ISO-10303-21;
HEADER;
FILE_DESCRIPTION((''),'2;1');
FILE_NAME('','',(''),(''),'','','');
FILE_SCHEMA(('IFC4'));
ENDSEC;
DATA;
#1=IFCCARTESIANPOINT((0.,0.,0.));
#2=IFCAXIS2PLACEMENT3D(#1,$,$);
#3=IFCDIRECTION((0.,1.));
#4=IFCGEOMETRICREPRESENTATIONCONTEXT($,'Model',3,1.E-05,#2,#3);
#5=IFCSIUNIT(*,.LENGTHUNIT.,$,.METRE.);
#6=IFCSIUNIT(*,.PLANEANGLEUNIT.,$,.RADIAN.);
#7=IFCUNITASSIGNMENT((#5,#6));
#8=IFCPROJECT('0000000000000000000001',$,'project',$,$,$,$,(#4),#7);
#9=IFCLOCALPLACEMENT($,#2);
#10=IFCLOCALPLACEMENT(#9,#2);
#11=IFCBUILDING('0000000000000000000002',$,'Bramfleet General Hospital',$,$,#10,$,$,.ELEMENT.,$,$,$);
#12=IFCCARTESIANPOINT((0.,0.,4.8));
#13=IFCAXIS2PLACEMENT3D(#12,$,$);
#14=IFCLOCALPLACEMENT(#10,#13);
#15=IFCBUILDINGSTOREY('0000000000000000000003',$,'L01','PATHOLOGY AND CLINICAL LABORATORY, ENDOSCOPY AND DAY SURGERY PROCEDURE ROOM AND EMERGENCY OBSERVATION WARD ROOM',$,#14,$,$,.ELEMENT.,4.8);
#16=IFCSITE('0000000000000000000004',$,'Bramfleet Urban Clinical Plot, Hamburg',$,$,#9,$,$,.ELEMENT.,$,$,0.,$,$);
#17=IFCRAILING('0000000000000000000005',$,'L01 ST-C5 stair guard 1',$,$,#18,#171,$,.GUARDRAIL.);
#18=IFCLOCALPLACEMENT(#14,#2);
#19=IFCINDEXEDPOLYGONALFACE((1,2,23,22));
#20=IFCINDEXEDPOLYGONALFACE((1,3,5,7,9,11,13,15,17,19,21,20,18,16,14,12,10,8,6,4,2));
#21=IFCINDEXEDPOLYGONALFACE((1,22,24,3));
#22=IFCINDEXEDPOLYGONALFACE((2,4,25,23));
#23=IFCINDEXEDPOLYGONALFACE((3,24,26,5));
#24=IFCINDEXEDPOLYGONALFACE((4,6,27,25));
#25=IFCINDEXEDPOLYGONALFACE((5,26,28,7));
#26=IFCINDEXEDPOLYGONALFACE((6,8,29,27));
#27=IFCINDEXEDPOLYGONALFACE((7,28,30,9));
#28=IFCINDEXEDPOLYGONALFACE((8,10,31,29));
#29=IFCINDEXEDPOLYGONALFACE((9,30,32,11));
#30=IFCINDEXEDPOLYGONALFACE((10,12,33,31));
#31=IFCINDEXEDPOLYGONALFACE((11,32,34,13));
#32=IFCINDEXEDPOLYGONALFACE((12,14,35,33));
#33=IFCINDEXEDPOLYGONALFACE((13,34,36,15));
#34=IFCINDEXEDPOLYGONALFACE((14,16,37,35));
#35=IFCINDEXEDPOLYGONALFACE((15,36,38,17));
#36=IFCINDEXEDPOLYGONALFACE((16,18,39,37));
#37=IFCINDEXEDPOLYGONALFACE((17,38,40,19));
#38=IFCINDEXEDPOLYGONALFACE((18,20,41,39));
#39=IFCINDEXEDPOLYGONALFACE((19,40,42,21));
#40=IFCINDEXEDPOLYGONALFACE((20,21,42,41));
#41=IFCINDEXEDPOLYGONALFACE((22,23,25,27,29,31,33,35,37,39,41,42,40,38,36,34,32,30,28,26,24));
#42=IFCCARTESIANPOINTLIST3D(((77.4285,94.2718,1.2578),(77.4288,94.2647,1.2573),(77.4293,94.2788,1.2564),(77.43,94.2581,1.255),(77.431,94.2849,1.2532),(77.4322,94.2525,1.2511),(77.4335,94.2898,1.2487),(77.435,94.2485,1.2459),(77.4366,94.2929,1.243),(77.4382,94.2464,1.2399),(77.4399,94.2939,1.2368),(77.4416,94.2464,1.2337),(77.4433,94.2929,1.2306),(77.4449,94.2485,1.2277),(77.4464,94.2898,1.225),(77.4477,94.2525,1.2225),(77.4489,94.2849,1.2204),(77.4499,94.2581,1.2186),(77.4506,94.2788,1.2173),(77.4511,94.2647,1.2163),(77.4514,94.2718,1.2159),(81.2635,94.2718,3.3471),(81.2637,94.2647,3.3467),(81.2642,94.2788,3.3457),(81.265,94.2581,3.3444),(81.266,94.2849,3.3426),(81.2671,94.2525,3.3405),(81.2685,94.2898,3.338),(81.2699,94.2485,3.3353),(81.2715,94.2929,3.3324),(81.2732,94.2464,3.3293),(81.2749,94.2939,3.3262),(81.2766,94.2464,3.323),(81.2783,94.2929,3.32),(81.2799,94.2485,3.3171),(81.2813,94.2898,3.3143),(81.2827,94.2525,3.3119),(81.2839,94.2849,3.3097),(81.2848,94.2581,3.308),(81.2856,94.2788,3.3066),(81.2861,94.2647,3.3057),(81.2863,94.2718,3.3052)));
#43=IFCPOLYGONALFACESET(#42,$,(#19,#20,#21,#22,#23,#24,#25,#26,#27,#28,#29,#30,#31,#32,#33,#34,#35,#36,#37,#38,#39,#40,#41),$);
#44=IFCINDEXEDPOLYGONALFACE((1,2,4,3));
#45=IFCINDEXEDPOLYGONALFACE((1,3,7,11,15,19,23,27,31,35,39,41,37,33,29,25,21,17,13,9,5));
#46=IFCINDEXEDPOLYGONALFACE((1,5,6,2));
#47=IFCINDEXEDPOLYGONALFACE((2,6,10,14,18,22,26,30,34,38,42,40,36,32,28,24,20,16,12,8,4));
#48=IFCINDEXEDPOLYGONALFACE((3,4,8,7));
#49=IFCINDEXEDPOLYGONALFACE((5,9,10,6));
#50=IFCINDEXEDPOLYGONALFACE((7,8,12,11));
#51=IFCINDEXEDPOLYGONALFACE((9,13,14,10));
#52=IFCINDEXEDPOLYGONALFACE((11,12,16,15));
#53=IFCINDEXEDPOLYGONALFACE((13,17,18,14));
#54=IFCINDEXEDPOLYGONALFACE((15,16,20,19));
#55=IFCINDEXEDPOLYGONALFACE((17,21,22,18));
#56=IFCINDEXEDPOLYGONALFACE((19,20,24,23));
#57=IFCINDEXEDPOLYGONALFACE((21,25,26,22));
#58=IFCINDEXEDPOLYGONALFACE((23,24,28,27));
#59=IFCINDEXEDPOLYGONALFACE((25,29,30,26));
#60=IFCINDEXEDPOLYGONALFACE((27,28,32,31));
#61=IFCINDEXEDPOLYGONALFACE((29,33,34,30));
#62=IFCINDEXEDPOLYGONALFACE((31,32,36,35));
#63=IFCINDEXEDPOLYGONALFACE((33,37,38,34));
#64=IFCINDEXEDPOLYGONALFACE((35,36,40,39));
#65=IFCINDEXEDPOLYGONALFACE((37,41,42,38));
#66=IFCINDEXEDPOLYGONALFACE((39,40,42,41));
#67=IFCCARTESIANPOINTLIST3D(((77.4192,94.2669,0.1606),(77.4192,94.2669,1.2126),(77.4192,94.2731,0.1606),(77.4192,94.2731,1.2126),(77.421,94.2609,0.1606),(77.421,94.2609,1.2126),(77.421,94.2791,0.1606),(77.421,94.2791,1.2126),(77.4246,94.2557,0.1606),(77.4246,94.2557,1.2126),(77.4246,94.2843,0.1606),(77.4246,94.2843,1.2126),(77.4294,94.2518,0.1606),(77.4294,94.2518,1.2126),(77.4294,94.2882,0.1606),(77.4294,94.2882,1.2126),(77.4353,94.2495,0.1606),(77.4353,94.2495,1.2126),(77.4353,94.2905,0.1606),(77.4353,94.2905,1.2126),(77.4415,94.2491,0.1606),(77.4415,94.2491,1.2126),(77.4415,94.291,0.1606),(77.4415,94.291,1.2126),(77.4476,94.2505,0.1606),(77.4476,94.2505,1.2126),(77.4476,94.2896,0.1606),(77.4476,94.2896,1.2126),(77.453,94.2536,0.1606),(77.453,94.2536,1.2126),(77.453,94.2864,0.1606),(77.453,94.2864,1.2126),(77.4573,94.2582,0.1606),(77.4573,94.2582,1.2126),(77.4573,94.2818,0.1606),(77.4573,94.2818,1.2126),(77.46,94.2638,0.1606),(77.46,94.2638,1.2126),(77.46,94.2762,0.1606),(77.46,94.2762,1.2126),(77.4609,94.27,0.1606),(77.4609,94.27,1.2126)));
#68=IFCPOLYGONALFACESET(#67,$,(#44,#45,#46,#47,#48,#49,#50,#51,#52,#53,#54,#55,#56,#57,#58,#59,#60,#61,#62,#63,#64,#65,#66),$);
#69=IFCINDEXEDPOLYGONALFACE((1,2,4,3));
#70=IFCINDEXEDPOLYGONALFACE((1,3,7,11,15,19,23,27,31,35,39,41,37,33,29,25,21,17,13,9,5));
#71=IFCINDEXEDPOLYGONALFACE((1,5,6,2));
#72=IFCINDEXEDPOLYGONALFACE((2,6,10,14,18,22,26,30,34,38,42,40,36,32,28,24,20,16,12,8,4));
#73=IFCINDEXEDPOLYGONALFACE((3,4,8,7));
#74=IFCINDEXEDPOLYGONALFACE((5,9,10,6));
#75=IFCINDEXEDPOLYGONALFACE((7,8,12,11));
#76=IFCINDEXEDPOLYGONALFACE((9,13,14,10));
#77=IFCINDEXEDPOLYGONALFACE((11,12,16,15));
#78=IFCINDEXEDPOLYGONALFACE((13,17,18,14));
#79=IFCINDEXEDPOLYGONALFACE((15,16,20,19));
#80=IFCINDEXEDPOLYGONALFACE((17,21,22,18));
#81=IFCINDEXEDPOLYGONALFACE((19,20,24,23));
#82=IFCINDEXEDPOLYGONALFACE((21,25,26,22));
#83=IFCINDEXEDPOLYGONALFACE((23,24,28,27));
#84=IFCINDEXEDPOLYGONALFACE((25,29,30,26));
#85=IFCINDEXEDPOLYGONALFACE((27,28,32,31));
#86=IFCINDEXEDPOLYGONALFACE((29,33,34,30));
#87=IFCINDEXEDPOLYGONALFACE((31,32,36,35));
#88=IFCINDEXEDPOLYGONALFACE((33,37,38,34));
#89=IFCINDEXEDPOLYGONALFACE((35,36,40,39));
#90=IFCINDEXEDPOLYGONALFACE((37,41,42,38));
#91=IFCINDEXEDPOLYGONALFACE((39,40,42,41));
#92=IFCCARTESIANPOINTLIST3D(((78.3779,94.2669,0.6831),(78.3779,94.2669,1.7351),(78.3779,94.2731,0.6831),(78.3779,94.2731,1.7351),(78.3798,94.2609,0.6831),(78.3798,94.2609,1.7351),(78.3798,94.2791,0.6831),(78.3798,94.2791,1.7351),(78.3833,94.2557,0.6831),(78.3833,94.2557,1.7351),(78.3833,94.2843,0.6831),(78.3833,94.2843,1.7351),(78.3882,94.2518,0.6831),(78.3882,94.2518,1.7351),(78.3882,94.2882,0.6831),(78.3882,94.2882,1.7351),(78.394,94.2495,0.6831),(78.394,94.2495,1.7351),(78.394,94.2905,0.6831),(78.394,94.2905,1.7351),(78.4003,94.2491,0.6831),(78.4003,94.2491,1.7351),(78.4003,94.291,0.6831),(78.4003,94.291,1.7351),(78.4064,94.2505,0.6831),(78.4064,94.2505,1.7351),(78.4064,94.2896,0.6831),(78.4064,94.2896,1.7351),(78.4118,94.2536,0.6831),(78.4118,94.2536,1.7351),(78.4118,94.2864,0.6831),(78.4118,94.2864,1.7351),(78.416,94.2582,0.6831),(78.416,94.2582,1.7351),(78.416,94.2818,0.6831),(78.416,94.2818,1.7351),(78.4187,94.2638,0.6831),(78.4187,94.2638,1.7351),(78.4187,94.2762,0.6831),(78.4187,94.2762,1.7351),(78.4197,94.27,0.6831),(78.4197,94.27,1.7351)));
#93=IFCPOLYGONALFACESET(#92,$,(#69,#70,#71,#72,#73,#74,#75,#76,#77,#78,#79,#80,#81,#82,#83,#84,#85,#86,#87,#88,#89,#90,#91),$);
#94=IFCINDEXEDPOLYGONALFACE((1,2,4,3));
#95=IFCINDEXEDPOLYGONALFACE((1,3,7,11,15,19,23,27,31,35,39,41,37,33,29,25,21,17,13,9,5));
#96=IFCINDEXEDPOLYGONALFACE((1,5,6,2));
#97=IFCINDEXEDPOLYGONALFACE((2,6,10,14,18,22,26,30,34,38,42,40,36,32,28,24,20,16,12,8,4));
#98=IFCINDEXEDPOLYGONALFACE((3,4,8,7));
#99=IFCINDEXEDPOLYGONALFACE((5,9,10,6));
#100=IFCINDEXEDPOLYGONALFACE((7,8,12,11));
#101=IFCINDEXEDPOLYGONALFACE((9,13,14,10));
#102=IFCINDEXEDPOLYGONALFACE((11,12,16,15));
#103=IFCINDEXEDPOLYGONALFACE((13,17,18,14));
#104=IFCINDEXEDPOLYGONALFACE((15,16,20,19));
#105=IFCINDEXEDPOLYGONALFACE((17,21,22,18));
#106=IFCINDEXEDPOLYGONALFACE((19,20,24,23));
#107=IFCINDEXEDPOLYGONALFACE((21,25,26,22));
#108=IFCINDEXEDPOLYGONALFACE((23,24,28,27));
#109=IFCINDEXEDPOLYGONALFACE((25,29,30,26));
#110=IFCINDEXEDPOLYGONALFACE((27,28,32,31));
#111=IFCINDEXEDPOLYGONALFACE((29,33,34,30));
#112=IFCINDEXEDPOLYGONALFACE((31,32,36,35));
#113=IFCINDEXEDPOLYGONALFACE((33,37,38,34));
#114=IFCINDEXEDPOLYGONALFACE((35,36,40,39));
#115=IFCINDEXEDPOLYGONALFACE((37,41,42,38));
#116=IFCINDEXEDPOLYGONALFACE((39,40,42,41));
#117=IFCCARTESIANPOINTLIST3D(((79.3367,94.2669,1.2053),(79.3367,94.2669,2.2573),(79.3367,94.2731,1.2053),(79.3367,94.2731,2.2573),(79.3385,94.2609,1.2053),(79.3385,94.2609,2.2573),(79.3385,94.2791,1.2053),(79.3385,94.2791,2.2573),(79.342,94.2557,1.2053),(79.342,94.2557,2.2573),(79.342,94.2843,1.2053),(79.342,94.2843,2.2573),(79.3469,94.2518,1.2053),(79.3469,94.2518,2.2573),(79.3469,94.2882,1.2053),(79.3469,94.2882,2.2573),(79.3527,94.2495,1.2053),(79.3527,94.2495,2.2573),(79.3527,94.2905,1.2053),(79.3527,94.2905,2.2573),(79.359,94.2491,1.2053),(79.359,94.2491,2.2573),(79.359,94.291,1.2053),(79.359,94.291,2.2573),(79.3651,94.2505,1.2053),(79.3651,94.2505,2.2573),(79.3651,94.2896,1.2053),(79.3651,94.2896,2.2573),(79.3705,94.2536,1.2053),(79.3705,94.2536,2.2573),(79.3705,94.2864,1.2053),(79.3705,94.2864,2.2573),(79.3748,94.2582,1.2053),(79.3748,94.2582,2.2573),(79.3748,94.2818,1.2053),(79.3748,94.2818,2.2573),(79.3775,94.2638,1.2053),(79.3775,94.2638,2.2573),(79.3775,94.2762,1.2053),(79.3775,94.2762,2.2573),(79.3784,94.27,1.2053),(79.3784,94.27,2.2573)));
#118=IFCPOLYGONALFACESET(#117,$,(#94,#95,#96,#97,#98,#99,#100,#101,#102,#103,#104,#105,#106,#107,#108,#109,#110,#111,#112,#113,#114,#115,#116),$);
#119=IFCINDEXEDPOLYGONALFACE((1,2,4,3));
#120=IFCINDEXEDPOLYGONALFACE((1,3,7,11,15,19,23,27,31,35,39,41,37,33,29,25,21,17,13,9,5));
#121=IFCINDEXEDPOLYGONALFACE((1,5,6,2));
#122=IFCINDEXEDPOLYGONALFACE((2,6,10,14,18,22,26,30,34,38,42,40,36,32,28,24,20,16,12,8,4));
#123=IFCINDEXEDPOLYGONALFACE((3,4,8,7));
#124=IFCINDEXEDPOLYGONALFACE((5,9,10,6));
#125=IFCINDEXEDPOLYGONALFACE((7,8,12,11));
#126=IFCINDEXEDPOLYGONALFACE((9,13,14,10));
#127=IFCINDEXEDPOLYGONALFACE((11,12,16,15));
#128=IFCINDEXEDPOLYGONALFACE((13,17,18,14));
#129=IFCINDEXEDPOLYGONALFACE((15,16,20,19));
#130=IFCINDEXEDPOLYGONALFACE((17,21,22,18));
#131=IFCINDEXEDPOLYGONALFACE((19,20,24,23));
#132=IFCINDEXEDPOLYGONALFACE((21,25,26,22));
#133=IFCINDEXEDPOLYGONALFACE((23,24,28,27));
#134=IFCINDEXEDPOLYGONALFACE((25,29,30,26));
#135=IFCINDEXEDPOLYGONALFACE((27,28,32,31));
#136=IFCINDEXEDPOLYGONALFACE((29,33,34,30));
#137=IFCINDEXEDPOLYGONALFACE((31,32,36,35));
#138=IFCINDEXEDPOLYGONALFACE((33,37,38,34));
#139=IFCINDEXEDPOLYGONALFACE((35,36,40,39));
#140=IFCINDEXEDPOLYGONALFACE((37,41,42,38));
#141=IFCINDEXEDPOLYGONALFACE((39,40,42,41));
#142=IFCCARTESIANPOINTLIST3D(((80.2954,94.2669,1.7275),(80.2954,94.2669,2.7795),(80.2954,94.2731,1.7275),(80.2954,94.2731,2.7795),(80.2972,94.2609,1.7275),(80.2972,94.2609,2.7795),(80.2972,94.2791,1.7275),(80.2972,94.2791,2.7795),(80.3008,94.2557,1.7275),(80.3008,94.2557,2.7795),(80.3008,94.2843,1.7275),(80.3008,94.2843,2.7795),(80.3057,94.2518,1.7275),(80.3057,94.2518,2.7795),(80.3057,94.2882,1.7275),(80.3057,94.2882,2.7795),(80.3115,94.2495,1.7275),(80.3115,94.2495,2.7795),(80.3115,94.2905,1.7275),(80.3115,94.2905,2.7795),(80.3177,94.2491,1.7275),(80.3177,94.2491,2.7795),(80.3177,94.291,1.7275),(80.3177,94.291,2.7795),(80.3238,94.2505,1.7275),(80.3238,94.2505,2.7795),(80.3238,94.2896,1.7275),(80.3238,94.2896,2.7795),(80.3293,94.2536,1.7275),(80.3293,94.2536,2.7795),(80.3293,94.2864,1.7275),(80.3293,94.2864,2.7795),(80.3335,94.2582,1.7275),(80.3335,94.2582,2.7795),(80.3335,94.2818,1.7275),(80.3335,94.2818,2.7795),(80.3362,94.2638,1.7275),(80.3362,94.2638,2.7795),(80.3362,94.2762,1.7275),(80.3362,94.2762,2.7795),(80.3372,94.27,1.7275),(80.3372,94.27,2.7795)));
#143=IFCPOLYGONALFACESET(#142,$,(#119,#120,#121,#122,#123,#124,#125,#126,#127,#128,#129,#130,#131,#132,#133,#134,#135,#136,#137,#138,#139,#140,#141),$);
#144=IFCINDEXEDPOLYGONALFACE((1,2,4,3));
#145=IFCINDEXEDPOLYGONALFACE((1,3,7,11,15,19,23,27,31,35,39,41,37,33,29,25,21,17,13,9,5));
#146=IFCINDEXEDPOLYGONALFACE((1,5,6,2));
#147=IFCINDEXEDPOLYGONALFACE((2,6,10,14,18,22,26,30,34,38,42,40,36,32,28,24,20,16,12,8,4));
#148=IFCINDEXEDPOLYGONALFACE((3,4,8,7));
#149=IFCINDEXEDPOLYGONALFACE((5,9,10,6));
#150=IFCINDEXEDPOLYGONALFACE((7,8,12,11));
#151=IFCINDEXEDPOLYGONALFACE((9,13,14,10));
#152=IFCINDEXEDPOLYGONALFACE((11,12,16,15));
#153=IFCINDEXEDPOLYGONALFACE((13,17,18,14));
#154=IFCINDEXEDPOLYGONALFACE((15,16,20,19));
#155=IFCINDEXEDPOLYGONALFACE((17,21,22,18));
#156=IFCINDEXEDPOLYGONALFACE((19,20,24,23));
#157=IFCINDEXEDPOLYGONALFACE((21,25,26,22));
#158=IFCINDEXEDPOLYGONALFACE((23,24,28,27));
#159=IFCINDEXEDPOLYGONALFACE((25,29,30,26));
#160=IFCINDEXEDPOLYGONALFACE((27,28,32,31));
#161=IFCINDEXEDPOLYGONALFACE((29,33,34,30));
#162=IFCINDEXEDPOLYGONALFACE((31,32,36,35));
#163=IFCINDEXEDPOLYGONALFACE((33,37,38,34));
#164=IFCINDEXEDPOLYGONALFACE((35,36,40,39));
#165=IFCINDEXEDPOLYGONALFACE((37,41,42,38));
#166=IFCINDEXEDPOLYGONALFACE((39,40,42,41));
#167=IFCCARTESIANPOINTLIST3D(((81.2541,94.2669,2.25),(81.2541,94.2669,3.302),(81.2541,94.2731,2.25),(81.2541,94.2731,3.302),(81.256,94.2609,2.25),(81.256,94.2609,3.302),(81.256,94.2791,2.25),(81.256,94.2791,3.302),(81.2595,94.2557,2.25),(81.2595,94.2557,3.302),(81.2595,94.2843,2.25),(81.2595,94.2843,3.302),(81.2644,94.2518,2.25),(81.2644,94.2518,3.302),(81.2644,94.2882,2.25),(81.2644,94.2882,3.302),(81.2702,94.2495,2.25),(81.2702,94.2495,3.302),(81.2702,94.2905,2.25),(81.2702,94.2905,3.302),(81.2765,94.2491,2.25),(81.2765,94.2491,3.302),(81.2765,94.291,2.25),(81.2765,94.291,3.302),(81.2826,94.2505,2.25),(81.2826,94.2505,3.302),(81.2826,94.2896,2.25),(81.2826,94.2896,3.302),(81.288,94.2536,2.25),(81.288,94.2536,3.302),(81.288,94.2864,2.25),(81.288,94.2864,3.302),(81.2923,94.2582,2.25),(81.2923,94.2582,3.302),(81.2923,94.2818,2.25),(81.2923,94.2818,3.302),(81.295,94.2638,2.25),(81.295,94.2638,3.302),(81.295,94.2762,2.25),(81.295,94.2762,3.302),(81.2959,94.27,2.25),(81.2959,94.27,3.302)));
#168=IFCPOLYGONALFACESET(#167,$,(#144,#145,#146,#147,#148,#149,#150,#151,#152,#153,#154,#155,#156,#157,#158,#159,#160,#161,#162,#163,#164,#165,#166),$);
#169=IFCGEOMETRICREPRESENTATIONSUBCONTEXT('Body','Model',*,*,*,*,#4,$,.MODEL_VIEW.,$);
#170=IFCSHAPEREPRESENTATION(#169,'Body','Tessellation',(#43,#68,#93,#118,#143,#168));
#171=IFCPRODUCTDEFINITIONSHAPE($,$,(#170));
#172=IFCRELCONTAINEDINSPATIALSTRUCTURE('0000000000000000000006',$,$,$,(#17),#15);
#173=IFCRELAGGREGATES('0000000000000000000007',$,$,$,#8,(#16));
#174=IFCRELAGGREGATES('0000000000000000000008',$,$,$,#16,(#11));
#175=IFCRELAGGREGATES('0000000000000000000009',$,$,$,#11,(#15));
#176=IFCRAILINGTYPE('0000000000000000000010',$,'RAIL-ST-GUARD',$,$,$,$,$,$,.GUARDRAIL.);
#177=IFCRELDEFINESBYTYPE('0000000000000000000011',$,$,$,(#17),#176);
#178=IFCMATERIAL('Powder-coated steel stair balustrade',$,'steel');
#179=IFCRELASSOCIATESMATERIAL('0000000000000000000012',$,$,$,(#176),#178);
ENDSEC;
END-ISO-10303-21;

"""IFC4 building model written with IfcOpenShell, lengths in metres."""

from ifc_helpers import new_model, si_unit, direction, frame, origin, origin_2d, place, context, subcontext, project, spatial, circle, extrude, material, type_object, element, save


model = new_model("IFC4")

# Units and contexts
model_context = context("Model", 3, precision=1e-05, world=origin(), true_north=direction((0.0, 1.0)))
body_context = subcontext(model_context, "Body", "Model", "MODEL_VIEW")
ifc_project = project(units=[si_unit("LENGTHUNIT", "METRE"), si_unit("PLANEANGLEUNIT", "RADIAN")], contexts=[model_context])

# Site, building, storey
site_placement = place(None, origin())
site = spatial("IfcSite", under=ifc_project, at=site_placement, Name="Bramfleet Urban Clinical Plot, Hamburg", CompositionType="ELEMENT", RefElevation=0.0)
building_placement = place(site_placement, origin())
building = spatial("IfcBuilding", under=site, at=building_placement, Name="Bramfleet General Hospital", CompositionType="ELEMENT")
storey_placement = place(building_placement, frame((0.0, 0.0, 4.8)))
storey = spatial("IfcBuildingStorey", under=building, at=storey_placement, Name="L01", Description="PATHOLOGY AND CLINICAL LABORATORY, ENDOSCOPY AND DAY SURGERY PROCEDURE ROOM AND EMERGENCY OBSERVATION WARD ROOM", CompositionType="ELEMENT", Elevation=4.8)

# Railing
ifc_material_1 = material(Name="Powder-coated steel stair balustrade", Category="steel")
railing_type_1 = type_object("IfcRailingType", Name="RAIL-ST-GUARD", PredefinedType="GUARDRAIL", material=ifc_material_1)
railing_1_placement = place(storey_placement, frame((77.4399, 94.27, 0.1606)))
element("IfcRailing", 1, at=railing_1_placement, inside=storey, type_object=railing_type_1, Name="L01 ST-C5 stair guard 1", PredefinedType="GUARDRAIL", context=body_context, shape_type="SweptSolid", body=[
    extrude(circle(Radius=0.0239, at=origin_2d()), frame((0.0, 0.0, 1.0762), z_axis=(0.87813, 0.0, 0.478421), x_axis=(0.0, 1.0, 0.0)), (0.0, 0.0, 1.0), 4.3672),
    extrude(circle(Radius=0.021, at=origin_2d()), origin(), (0.0, 0.0, 1.0), 1.052),
    extrude(circle(Radius=0.021, at=origin_2d()), frame((0.9587, 0.0, 0.5225)), (0.0, 0.0, 1.0), 1.052),
    extrude(circle(Radius=0.021, at=origin_2d()), frame((1.9175, 0.0, 1.0447)), (0.0, 0.0, 1.0), 1.052),
    extrude(circle(Radius=0.021, at=origin_2d()), frame((2.8762, 0.0, 1.5669)), (0.0, 0.0, 1.0), 1.052),
    extrude(circle(Radius=0.021, at=origin_2d()), frame((3.835, 0.0, 2.0894)), (0.0, 0.0, 1.0), 1.052),
])

save(model, "model.ifc")
